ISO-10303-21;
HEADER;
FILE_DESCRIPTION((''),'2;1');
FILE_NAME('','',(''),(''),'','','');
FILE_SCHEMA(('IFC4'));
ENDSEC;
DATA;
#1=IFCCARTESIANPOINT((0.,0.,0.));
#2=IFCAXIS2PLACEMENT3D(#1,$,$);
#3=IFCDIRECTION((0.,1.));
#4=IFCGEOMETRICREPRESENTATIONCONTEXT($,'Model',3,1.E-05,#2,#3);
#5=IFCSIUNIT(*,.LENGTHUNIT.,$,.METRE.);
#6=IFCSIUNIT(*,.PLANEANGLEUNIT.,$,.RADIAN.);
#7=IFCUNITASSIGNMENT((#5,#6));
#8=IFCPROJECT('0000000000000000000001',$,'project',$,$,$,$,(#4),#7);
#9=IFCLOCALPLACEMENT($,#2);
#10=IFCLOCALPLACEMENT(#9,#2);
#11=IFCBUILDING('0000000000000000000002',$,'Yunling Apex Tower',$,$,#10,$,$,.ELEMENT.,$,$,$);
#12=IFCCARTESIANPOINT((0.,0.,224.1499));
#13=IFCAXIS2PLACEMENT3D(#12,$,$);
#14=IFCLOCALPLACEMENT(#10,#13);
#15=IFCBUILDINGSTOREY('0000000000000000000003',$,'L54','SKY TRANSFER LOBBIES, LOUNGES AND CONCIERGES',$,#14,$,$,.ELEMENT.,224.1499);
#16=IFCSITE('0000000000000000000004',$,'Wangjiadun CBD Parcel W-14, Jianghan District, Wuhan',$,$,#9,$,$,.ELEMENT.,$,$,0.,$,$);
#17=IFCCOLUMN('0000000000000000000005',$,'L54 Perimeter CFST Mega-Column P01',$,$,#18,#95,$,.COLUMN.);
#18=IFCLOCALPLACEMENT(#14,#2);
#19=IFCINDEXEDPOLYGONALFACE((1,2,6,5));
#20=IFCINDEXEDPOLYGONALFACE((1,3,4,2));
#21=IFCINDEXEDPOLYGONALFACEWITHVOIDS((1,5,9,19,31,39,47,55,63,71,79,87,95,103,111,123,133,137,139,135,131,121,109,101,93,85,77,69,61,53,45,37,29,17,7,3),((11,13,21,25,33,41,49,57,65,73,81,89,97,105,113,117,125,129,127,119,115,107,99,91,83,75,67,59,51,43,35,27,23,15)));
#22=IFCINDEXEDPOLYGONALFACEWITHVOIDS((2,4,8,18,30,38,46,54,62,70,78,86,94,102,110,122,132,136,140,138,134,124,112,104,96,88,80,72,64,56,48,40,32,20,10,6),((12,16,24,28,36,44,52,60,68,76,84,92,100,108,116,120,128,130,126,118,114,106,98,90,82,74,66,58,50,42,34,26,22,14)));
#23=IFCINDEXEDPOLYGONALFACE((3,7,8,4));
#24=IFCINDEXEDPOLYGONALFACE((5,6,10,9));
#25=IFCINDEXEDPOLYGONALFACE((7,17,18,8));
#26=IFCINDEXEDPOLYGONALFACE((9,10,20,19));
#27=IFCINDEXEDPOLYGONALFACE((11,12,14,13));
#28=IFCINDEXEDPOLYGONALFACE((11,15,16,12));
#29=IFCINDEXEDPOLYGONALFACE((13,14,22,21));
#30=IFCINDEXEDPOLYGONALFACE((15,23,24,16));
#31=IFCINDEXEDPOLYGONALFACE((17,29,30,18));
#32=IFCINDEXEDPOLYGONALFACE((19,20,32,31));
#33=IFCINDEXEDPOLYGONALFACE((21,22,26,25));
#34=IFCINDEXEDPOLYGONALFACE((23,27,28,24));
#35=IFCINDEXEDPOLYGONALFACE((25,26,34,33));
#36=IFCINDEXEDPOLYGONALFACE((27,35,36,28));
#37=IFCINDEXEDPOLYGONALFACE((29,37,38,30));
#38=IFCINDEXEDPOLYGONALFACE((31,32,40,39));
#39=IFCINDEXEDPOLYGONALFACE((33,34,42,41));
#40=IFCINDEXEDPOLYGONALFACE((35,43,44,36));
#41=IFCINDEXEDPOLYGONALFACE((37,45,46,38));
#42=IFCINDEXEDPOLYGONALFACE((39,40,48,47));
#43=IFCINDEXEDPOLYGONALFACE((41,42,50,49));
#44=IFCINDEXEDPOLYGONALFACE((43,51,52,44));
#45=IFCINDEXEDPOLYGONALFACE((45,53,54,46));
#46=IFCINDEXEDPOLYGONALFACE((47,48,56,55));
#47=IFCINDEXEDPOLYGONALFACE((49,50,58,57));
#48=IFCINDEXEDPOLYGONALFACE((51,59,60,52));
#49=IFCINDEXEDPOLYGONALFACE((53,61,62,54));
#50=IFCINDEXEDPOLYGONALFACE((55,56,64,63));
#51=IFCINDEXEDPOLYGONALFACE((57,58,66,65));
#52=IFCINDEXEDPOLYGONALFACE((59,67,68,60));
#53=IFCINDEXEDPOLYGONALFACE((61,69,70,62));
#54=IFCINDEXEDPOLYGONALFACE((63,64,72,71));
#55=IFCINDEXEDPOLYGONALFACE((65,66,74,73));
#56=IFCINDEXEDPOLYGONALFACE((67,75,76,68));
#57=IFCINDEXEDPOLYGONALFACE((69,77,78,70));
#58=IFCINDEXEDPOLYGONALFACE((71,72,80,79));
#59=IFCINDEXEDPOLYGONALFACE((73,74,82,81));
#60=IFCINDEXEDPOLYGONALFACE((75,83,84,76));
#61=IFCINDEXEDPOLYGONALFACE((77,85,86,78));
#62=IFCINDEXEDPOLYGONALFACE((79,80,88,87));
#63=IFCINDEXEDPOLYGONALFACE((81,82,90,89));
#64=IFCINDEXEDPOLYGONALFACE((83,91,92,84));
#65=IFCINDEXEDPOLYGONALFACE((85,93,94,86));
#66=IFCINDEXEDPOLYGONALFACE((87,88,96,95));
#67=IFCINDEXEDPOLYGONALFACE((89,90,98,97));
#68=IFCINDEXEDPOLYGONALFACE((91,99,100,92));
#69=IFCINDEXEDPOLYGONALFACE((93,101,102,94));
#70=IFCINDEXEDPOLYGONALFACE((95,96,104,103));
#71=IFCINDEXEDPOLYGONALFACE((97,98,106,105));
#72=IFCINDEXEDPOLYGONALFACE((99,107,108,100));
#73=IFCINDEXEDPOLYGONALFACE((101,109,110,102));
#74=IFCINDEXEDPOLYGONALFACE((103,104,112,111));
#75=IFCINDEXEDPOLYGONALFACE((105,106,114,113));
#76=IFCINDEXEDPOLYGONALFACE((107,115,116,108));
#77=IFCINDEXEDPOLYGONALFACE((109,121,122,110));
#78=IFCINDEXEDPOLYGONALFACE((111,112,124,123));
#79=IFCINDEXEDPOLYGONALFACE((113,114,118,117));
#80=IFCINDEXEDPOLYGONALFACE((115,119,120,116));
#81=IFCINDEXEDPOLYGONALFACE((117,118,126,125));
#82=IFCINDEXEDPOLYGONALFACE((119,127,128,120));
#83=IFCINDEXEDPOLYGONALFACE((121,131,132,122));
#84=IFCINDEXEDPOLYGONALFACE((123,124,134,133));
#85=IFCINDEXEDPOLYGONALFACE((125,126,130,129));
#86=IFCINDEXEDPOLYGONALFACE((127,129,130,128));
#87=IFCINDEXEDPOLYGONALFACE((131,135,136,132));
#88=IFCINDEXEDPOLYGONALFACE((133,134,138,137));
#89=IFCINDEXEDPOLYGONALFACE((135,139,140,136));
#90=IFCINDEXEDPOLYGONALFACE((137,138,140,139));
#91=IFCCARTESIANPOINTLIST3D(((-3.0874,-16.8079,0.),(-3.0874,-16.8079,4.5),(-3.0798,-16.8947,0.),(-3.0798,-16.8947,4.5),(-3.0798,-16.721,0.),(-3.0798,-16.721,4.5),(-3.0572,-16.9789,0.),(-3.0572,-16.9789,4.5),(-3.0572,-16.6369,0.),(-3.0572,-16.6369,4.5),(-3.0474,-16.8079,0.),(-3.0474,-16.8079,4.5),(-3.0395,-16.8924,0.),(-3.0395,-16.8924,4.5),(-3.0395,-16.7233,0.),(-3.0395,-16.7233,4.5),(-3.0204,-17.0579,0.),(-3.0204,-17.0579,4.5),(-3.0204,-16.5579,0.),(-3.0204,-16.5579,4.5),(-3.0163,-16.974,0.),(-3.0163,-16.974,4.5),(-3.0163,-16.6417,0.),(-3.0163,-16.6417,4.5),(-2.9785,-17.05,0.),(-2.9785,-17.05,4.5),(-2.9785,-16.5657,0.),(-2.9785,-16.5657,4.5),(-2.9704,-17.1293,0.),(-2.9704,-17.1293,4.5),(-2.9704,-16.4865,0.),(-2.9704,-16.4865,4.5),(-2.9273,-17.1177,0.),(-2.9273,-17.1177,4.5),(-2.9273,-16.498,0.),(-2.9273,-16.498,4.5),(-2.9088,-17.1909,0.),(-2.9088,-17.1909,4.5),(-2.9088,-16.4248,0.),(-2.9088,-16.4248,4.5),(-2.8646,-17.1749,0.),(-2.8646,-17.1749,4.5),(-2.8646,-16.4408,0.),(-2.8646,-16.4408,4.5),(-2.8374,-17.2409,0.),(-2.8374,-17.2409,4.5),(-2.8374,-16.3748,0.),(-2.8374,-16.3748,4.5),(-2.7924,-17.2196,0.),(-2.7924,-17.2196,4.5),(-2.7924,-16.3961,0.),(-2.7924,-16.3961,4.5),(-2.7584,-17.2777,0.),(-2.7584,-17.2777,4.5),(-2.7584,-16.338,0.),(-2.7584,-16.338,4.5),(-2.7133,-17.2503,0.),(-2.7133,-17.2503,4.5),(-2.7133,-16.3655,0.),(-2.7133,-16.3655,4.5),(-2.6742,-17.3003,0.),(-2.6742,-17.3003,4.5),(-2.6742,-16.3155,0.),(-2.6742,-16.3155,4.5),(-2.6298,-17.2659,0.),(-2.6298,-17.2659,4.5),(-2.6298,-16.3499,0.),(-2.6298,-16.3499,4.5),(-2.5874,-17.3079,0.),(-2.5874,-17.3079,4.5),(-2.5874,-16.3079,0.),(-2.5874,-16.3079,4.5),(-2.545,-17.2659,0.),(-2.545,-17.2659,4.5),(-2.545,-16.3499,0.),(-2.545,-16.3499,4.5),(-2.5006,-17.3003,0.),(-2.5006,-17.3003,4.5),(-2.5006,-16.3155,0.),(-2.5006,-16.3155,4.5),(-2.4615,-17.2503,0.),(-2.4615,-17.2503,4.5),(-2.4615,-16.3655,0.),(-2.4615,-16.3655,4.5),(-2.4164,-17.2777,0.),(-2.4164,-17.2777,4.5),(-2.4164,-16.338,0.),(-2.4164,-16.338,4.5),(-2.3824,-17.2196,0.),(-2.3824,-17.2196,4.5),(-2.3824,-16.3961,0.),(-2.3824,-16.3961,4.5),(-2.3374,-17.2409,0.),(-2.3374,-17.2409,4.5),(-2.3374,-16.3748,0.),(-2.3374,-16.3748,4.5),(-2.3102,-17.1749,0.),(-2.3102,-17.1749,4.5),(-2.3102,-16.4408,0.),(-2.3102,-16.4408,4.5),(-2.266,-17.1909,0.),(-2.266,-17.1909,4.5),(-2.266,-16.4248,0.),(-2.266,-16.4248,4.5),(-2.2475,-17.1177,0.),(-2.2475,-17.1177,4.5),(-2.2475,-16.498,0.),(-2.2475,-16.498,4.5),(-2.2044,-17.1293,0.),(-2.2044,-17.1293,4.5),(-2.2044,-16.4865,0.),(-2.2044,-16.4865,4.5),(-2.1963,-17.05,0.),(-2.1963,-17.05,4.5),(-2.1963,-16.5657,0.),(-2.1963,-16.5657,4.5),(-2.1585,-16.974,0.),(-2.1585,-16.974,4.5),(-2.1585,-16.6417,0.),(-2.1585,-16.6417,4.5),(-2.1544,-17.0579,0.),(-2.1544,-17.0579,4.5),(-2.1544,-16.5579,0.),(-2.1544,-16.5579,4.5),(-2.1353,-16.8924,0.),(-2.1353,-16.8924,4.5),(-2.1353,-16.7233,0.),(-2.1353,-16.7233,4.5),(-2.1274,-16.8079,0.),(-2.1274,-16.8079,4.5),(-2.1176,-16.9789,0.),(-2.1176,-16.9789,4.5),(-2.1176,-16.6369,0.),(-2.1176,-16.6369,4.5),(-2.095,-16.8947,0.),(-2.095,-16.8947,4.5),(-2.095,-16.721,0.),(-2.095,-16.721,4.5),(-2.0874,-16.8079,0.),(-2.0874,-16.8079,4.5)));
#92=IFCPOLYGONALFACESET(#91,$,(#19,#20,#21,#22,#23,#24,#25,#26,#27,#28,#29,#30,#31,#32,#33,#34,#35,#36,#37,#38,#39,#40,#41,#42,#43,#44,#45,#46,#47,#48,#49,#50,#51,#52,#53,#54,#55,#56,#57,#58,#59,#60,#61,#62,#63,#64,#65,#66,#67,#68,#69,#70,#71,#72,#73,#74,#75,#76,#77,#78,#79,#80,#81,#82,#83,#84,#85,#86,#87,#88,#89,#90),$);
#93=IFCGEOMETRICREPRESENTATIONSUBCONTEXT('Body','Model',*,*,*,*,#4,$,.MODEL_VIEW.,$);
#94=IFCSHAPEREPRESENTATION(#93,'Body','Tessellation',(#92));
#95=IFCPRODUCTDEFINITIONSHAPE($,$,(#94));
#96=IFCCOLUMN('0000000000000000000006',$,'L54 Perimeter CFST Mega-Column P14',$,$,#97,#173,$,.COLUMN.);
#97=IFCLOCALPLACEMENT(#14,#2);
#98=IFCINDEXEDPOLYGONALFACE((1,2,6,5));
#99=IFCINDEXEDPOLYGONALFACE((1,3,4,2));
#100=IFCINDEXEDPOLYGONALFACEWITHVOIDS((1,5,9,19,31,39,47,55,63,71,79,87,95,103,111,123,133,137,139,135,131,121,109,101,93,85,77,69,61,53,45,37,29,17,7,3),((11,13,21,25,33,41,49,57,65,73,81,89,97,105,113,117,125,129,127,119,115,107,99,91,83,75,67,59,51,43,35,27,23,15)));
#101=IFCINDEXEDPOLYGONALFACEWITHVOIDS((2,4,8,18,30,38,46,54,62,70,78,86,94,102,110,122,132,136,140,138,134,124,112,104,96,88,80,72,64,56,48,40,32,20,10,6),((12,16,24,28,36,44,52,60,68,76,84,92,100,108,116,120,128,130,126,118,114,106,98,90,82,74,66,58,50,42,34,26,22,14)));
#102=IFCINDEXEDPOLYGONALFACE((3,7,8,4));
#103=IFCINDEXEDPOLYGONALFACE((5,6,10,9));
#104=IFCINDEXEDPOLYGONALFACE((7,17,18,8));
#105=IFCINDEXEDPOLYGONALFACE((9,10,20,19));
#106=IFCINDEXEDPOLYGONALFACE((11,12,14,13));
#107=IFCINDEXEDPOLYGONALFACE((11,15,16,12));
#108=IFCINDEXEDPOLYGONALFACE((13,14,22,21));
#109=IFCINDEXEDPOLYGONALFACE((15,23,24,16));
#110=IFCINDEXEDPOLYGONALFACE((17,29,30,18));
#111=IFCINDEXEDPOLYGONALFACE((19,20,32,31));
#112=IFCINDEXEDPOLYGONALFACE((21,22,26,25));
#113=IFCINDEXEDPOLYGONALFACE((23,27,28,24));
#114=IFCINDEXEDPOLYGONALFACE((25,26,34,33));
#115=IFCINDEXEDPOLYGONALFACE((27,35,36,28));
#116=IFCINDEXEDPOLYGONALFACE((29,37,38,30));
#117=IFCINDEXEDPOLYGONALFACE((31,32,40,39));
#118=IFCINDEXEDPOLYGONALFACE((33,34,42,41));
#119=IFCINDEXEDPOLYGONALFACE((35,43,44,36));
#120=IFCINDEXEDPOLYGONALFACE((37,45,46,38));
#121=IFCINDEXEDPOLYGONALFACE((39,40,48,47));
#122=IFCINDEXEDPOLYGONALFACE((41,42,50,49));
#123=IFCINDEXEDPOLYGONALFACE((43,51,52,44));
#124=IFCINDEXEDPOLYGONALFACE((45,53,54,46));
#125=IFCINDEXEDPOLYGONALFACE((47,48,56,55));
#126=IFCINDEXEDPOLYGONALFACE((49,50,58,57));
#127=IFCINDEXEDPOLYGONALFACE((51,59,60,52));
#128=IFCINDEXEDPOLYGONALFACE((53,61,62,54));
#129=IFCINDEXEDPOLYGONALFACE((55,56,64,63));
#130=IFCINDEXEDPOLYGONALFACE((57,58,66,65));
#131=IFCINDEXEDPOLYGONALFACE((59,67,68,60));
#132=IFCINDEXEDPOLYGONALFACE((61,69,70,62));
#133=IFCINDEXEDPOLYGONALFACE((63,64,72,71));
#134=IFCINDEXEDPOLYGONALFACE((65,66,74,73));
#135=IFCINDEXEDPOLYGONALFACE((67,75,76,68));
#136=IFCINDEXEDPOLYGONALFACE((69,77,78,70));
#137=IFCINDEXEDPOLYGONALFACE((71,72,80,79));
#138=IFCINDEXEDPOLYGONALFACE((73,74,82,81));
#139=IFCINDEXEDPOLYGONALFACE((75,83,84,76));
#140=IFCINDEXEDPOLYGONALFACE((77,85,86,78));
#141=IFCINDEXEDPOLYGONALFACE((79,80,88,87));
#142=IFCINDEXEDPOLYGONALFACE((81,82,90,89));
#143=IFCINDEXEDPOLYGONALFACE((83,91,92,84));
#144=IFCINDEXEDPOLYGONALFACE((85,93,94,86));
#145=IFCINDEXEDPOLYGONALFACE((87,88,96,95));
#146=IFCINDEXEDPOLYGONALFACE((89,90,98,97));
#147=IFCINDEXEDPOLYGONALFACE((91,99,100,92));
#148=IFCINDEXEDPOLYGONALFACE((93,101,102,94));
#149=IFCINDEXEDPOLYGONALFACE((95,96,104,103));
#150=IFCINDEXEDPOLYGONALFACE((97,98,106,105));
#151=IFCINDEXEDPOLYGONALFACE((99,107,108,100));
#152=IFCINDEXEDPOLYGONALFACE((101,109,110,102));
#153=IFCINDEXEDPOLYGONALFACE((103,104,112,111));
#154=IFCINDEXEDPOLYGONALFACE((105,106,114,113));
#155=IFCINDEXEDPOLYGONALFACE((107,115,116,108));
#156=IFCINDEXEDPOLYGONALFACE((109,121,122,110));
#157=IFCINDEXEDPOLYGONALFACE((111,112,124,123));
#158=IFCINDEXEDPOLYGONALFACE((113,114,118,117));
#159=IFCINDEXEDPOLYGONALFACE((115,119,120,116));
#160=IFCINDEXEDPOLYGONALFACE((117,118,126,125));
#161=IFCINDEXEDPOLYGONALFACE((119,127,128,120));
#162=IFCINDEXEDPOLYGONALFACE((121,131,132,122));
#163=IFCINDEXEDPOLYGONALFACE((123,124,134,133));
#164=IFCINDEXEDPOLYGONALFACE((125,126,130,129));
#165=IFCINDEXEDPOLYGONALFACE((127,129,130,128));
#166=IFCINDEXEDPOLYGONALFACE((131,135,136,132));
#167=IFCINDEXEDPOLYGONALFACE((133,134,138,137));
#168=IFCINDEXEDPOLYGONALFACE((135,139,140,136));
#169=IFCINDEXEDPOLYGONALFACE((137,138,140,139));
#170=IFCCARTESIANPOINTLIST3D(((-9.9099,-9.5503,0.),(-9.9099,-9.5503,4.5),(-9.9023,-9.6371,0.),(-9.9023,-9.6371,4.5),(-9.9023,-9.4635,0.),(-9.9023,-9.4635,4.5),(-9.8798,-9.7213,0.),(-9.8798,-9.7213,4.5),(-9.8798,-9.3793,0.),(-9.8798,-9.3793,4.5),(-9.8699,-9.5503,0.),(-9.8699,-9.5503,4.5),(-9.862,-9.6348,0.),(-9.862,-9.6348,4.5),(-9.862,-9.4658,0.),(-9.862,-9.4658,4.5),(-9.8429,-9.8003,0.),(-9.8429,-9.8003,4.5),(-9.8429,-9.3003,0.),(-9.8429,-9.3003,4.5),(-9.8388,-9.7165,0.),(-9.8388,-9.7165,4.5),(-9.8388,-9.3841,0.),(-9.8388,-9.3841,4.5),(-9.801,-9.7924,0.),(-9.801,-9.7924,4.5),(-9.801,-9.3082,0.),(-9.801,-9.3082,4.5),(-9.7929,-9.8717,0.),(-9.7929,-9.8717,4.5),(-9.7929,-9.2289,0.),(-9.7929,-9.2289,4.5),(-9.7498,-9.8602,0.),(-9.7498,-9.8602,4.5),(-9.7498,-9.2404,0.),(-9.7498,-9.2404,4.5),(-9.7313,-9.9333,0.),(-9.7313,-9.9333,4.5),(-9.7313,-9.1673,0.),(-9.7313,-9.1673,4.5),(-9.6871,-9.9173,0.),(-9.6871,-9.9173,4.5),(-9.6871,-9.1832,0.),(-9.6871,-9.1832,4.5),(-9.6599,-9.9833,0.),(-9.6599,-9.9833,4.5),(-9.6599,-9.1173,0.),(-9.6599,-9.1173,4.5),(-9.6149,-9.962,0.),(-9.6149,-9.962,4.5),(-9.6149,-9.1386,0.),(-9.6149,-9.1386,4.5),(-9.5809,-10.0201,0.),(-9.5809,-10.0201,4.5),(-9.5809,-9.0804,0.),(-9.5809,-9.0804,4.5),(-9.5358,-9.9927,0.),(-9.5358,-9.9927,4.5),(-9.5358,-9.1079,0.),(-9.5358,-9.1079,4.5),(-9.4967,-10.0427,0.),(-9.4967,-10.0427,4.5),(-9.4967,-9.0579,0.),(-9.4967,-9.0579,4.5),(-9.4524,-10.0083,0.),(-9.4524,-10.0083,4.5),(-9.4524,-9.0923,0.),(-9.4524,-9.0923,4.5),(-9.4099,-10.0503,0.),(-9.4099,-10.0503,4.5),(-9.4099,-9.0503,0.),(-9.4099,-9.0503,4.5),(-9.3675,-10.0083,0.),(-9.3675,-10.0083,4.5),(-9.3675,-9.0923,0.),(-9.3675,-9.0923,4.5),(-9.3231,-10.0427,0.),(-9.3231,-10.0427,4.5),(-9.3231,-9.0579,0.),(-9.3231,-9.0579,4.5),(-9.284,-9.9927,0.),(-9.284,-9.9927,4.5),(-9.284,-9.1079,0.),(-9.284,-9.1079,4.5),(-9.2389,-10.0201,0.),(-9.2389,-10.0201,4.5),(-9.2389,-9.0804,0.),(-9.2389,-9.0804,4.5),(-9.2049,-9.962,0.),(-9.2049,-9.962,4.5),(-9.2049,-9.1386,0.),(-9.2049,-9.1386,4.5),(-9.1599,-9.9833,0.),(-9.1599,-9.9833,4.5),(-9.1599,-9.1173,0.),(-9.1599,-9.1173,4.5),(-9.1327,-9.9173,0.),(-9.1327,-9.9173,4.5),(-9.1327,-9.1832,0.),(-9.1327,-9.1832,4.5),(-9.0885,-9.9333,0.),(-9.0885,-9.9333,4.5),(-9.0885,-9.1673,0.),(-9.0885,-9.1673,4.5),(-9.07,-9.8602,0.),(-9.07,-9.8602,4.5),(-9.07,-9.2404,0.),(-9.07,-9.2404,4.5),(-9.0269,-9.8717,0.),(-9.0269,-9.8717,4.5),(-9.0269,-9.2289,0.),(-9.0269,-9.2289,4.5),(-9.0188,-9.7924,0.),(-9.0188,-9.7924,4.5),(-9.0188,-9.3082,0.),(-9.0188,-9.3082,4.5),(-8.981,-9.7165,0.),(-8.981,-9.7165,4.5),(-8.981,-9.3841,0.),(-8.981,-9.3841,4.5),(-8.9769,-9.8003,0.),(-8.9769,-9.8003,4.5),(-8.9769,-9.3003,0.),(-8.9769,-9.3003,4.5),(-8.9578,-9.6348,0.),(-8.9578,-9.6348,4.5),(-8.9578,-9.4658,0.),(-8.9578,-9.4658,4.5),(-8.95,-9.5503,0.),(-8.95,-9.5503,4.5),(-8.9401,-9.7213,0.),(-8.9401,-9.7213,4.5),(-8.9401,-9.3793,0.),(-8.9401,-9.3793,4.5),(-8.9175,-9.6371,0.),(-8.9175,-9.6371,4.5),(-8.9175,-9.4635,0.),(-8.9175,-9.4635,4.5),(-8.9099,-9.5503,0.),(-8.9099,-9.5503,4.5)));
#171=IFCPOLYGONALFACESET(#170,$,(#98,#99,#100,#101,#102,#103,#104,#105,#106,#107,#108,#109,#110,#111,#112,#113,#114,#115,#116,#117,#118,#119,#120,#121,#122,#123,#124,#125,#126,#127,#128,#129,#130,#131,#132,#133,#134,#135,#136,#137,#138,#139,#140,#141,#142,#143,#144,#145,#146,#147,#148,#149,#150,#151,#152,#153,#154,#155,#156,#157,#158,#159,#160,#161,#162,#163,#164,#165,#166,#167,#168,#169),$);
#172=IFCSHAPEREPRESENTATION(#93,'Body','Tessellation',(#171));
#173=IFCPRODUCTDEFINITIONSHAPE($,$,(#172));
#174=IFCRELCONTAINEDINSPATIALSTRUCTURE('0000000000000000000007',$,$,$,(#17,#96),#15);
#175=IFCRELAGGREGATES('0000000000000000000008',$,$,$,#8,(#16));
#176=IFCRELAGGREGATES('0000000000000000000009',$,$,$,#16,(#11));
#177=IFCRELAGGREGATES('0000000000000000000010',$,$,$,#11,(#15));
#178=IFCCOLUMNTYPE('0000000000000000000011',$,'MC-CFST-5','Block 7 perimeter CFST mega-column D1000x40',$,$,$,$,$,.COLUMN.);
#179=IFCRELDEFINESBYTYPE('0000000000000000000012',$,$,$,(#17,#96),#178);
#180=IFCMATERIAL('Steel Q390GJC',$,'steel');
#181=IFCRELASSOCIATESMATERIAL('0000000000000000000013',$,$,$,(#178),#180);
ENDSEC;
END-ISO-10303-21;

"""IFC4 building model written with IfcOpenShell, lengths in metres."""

from ifc_helpers import new_model, si_unit, direction, frame, origin, origin_2d, place, context, subcontext, project, spatial, hollow_circle, extrude, source, transform, mapped, material, material_profile, profile_set, type_object, element, save


model = new_model("IFC4")

# Units and contexts
model_context = context("Model", 3, precision=1e-05, world=origin(), true_north=direction((0.0, 1.0)))
body_context = subcontext(model_context, "Body", "Model", "MODEL_VIEW")
ifc_project = project(units=[si_unit("LENGTHUNIT", "METRE"), si_unit("PLANEANGLEUNIT", "RADIAN")], contexts=[model_context])

# Site, building, storey
site_placement = place(None, origin())
site = spatial("IfcSite", under=ifc_project, at=site_placement, Name="Wangjiadun CBD Parcel W-14, Jianghan District, Wuhan", CompositionType="ELEMENT", RefElevation=0.0)
building_placement = place(site_placement, origin())
building = spatial("IfcBuilding", under=site, at=building_placement, Name="Yunling Apex Tower", CompositionType="ELEMENT")
storey_placement = place(building_placement, frame((0.0, 0.0, 224.1499)))
storey = spatial("IfcBuildingStorey", under=building, at=storey_placement, Name="L54", Description="SKY TRANSFER LOBBIES, LOUNGES AND CONCIERGES", CompositionType="ELEMENT", Elevation=224.1499)

# Columns
ifc_material_1 = material(Name="Steel Q390GJC", Category="steel")
ifc_material_profile_1 = material_profile(ifc_material_1, hollow_circle(Radius=0.5, WallThickness=0.04, at=origin_2d()))
ifc_profile_set_1 = profile_set([ifc_material_profile_1], Name="Steel Q390GJC")
column_type = type_object("IfcColumnType", Name="MC-CFST-5", Description="Block 7 perimeter CFST mega-column D1000x40", PredefinedType="COLUMN", material=ifc_profile_set_1)
shared_shape_1 = source(origin(), body_context, "Body", "SweptSolid", [
    extrude(hollow_circle(Radius=0.5, WallThickness=0.04, at=origin_2d()), origin(), (0.0, 0.0, 1.0), 4.5),
])
for number, where, z_axis, x_axis, name in (
    (1, (-2.5874, -16.8079, 0.0), (0.0, 0.0, 1.0), (1.0, 0.0, 0.0), "L54 Perimeter CFST Mega-Column P01"),
    (2, (-9.4099, -9.5503, 0.0), (0.0, 0.0, 1.0), (1.0, 0.0, 0.0), "L54 Perimeter CFST Mega-Column P14"),
):
    element("IfcColumn", number, at=place(storey_placement, frame(where, z_axis=z_axis, x_axis=x_axis)), inside=storey, type_object=column_type, Name=name, PredefinedType="COLUMN", context=body_context, shape_type="MappedRepresentation", body=[
        mapped(shared_shape_1, transform((0.0, 0.0, 0.0), scale=1.0)),
    ])

save(model, "model.ifc")
